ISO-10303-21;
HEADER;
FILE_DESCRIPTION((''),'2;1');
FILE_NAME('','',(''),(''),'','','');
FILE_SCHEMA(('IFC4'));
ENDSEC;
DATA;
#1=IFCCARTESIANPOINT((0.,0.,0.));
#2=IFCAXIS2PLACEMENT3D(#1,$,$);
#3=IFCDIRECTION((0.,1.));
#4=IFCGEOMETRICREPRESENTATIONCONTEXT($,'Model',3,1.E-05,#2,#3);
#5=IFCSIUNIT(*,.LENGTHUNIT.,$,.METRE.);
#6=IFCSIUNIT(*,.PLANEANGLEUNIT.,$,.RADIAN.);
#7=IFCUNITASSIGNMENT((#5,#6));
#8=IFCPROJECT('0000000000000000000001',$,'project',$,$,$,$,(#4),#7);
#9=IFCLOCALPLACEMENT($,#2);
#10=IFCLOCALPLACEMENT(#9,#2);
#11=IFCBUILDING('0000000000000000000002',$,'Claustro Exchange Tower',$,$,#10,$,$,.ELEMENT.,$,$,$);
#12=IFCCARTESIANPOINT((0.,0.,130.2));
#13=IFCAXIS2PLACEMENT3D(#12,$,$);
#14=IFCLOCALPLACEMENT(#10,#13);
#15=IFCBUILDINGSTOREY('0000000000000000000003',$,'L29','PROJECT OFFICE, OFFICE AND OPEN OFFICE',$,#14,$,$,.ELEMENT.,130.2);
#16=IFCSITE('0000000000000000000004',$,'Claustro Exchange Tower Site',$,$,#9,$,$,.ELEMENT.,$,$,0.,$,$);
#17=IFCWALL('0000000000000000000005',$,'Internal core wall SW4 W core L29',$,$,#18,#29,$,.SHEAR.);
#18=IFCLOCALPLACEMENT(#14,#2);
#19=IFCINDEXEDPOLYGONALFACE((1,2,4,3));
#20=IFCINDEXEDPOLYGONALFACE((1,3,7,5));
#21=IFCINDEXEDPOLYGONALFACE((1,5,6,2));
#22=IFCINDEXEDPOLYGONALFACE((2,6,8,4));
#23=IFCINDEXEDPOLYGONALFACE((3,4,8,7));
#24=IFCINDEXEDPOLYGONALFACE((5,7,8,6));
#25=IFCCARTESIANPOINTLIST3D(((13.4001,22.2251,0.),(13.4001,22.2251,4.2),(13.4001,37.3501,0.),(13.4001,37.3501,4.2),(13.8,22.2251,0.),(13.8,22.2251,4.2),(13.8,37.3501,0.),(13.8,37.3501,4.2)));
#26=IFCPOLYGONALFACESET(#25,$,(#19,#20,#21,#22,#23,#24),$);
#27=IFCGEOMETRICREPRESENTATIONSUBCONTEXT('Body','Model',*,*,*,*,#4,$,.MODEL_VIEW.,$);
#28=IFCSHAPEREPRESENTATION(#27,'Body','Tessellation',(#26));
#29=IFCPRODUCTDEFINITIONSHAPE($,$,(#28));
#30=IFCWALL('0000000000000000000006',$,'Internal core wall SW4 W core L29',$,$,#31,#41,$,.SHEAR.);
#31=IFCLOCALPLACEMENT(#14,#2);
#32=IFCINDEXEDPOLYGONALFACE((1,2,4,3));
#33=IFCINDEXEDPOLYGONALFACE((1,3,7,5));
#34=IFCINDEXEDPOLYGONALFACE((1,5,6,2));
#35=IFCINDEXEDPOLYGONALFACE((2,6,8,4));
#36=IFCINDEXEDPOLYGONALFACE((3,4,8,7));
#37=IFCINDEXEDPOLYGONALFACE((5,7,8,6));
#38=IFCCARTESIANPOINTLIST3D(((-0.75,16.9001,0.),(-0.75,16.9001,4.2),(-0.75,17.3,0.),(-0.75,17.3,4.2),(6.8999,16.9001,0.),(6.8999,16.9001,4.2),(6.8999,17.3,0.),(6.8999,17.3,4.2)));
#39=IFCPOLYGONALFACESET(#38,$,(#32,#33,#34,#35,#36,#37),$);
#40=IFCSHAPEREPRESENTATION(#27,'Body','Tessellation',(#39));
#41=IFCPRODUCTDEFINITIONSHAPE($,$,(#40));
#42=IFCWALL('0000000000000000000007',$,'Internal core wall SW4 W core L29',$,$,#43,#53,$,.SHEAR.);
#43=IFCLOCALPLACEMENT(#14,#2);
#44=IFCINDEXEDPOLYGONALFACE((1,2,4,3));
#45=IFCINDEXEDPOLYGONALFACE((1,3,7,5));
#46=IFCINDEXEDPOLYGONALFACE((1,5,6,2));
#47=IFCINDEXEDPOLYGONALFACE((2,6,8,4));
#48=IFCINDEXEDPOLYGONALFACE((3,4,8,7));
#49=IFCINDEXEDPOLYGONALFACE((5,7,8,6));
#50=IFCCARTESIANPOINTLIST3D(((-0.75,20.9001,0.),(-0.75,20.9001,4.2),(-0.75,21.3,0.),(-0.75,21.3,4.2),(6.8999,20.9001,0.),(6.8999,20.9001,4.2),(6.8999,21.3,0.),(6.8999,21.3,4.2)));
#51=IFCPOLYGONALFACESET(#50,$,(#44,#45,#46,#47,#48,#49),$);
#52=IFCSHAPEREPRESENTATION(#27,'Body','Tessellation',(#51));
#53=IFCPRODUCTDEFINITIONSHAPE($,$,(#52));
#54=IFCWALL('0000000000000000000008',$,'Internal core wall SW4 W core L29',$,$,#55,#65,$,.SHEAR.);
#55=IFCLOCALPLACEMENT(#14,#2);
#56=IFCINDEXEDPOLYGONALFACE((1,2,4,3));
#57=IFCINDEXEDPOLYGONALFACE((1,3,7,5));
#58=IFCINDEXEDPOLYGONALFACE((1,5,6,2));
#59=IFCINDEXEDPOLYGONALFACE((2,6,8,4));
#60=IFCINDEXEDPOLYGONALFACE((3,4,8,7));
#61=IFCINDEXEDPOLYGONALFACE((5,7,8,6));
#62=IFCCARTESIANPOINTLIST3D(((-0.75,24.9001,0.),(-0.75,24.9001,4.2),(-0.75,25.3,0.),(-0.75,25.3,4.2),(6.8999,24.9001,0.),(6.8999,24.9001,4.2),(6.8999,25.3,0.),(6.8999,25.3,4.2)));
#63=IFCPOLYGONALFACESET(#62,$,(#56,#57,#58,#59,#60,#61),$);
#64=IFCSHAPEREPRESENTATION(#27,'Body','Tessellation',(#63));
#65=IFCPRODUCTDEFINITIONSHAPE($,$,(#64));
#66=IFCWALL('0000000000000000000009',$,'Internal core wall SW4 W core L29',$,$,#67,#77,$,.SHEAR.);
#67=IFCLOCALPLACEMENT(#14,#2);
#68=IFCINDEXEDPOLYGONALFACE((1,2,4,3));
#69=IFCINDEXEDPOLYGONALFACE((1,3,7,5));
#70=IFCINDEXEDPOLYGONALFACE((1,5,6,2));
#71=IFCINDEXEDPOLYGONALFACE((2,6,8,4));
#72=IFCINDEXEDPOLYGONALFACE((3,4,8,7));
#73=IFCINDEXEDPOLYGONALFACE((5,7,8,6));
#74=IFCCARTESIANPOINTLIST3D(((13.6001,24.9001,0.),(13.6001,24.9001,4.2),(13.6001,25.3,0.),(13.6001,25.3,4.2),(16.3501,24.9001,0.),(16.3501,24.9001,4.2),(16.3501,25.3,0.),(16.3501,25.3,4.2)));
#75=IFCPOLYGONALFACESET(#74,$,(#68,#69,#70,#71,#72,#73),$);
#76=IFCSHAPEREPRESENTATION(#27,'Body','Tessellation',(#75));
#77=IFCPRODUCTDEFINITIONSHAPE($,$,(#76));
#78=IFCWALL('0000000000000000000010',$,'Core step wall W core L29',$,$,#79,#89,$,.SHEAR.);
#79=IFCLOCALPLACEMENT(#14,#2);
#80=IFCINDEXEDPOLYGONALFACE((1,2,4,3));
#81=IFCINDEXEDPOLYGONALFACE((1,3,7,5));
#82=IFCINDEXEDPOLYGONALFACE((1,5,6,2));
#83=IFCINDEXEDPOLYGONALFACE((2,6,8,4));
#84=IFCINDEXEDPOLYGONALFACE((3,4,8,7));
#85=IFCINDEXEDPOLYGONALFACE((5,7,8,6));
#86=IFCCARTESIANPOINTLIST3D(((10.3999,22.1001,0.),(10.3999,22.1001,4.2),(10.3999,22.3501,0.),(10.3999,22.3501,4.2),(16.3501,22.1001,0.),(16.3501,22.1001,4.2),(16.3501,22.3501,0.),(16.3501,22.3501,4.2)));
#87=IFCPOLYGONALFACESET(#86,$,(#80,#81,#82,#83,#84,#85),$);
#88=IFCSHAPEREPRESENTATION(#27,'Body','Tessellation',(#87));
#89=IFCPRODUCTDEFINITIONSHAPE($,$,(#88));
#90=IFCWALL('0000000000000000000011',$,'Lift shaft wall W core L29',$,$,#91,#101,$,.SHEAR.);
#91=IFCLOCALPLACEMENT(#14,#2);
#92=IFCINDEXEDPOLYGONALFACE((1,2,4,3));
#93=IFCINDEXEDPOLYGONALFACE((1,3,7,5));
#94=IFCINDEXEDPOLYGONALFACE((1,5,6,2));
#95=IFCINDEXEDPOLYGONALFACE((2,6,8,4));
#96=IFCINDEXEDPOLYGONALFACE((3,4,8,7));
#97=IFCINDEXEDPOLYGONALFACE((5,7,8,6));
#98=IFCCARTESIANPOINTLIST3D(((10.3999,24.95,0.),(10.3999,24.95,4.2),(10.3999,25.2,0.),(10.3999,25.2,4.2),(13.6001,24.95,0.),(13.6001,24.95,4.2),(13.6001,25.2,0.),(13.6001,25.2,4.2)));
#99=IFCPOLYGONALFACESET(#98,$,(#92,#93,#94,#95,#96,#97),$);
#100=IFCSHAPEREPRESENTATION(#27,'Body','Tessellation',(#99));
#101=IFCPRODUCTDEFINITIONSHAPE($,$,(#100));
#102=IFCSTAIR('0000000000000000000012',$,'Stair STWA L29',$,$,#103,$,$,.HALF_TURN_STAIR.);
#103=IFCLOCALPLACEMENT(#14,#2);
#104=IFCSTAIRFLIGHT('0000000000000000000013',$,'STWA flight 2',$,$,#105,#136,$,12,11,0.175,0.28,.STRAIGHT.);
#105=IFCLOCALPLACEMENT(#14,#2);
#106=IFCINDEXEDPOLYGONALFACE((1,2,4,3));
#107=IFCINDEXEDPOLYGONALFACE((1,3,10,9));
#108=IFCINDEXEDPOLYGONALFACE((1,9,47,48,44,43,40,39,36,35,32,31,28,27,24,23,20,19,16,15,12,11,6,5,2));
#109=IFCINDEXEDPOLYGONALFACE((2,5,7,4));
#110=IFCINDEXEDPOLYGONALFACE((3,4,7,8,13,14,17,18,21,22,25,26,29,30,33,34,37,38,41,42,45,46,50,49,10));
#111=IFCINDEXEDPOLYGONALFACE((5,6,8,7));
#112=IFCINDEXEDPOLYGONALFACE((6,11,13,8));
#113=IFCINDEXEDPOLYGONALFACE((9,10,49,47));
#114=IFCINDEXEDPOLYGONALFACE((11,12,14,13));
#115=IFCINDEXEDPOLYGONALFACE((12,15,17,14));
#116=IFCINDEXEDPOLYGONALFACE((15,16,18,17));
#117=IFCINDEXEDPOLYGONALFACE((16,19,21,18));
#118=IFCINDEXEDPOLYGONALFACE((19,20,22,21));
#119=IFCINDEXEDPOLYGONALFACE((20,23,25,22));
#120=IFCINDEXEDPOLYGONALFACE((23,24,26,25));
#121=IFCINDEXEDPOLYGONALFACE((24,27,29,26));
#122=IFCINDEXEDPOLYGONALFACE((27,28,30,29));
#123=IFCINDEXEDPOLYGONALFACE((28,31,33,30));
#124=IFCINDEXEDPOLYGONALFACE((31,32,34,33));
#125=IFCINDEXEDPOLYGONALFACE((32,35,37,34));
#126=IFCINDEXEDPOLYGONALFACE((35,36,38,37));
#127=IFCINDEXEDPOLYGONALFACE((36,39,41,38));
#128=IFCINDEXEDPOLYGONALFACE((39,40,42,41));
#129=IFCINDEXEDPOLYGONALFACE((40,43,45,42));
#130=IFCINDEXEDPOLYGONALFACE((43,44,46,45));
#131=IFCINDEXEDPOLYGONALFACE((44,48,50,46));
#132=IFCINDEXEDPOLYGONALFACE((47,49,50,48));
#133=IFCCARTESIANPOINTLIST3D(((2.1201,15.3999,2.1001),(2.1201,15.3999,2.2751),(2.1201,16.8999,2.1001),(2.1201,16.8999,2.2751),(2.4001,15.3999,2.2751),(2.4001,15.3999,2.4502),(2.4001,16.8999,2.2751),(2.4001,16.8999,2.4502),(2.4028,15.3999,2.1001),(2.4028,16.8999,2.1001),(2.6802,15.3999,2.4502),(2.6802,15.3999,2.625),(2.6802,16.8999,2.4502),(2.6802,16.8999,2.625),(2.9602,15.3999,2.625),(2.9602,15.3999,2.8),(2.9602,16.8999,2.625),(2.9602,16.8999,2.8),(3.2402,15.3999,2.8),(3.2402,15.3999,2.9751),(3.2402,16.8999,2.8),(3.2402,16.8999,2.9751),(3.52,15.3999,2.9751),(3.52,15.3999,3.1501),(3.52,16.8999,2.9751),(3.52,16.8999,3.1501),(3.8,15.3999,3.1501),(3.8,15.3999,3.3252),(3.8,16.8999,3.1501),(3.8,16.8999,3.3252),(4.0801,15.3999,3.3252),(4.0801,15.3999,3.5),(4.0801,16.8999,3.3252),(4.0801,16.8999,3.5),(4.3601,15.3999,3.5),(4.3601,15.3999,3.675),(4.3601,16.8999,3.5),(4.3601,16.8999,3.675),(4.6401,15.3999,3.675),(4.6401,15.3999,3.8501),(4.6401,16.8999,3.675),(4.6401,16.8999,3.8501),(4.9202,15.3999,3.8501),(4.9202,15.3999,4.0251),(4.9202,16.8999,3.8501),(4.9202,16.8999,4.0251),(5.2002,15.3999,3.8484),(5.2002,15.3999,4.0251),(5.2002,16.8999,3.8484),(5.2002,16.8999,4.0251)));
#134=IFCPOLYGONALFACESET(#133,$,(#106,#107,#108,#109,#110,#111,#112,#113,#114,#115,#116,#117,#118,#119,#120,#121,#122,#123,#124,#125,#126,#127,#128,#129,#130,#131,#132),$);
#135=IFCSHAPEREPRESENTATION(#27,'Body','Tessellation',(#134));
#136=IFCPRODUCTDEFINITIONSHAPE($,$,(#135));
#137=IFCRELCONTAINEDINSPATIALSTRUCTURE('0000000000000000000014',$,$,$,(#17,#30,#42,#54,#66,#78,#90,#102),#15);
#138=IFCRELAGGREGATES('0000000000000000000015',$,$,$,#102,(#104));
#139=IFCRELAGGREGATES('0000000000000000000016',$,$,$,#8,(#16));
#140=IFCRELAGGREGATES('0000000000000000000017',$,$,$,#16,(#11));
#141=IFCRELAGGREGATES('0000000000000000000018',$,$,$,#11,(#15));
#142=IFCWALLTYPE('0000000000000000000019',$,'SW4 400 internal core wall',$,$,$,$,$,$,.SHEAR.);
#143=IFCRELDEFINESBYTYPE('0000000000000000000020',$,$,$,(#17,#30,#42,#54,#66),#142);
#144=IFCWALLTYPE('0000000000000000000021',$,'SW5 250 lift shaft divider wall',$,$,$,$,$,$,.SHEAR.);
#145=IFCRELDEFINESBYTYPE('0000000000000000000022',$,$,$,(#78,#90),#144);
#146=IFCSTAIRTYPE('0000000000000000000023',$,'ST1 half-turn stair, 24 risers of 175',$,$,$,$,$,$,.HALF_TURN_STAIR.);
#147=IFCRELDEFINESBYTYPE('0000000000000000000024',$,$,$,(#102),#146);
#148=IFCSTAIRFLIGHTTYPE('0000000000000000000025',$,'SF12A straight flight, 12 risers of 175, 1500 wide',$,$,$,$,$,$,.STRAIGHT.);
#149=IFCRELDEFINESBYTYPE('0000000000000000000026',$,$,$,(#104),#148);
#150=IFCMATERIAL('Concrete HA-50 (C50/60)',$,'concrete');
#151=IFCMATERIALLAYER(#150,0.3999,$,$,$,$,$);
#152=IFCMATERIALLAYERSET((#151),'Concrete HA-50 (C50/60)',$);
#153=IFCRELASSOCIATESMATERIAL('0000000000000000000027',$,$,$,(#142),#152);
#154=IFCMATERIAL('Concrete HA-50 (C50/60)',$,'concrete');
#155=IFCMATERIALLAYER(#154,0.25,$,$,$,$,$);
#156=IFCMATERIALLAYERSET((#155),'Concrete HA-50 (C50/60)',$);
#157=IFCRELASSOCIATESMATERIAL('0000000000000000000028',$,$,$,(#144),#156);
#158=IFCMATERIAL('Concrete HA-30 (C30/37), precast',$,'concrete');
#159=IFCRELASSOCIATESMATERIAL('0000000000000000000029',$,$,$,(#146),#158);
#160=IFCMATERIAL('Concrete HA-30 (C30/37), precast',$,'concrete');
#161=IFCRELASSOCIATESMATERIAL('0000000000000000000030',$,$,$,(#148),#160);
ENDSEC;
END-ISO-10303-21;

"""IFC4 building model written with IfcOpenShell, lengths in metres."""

from ifc_helpers import new_model, si_unit, direction, frame, frame_2d, origin, place, context, subcontext, project, spatial, polyline, rectangle, outline, extrude, material, layer, layer_set, type_object, element, aggregate, save


model = new_model("IFC4")

# Units and contexts
model_context = context("Model", 3, precision=1e-05, world=origin(), true_north=direction((0.0, 1.0)))
body_context = subcontext(model_context, "Body", "Model", "MODEL_VIEW")
ifc_project = project(units=[si_unit("LENGTHUNIT", "METRE"), si_unit("PLANEANGLEUNIT", "RADIAN")], contexts=[model_context])

# Site, building, storey
site_placement = place(None, origin())
site = spatial("IfcSite", under=ifc_project, at=site_placement, Name="Claustro Exchange Tower Site", CompositionType="ELEMENT", RefElevation=0.0)
building_placement = place(site_placement, origin())
building = spatial("IfcBuilding", under=site, at=building_placement, Name="Claustro Exchange Tower", CompositionType="ELEMENT")
storey_placement = place(building_placement, frame((0.0, 0.0, 130.2)))
storey = spatial("IfcBuildingStorey", under=building, at=storey_placement, Name="L29", Description="PROJECT OFFICE, OFFICE AND OPEN OFFICE", CompositionType="ELEMENT", Elevation=130.2)

# Walls
ifc_material_1 = material(Name="Concrete HA-50 (C50/60)", Category="concrete")
ifc_layer_1 = layer(ifc_material_1, 0.3999)
ifc_layer_set_1 = layer_set([ifc_layer_1], Name="Concrete HA-50 (C50/60)")
wall_type_1 = type_object("IfcWallType", Name="SW4 400 internal core wall", PredefinedType="SHEAR", material=ifc_layer_set_1)
wall_1_placement = place(storey_placement, frame((13.6001, 22.2251, 0.0), z_axis=(0.0, 0.0, 1.0), x_axis=(0.0, 1.0, 0.0)))
element("IfcWall", 1, at=wall_1_placement, inside=storey, type_object=wall_type_1, Name="Internal core wall SW4 W core L29", PredefinedType="SHEAR", context=body_context, shape_type="SweptSolid", body=[
    extrude(rectangle(XDim=15.125, YDim=0.3999, at=frame_2d((7.5625, 0.0))), origin(), (0.0, 0.0, 1.0), 4.2),
])
for number, where, z_axis, x_axis, name in (
    (2, (-0.75, 17.1001, 0.0), (0.0, 0.0, 1.0), (1.0, 0.0, 0.0), "Internal core wall SW4 W core L29"),
    (3, (-0.75, 21.1001, 0.0), (0.0, 0.0, 1.0), (1.0, 0.0, 0.0), "Internal core wall SW4 W core L29"),
    (4, (-0.75, 25.1001, 0.0), (0.0, 0.0, 1.0), (1.0, 0.0, 0.0), "Internal core wall SW4 W core L29"),
):
    element("IfcWall", number, at=place(storey_placement, frame(where, z_axis=z_axis, x_axis=x_axis)), inside=storey, type_object=wall_type_1, Name=name, PredefinedType="SHEAR", context=body_context, shape_type="SweptSolid", body=[
        extrude(rectangle(XDim=7.6499, YDim=0.3999, at=frame_2d((3.825, 0.0))), origin(), (0.0, 0.0, 1.0), 4.2),
    ])
wall_2_placement = place(storey_placement, frame((13.6001, 25.1001, 0.0), z_axis=(0.0, 0.0, 1.0), x_axis=(1.0, 0.0, 0.0)))
element("IfcWall", 5, at=wall_2_placement, inside=storey, type_object=wall_type_1, Name="Internal core wall SW4 W core L29", PredefinedType="SHEAR", context=body_context, shape_type="SweptSolid", body=[
    extrude(rectangle(XDim=2.75, YDim=0.3999, at=frame_2d((1.375, 0.0))), origin(), (0.0, 0.0, 1.0), 4.2),
])
ifc_material_2 = material(Name="Concrete HA-50 (C50/60)", Category="concrete")
ifc_layer_2 = layer(ifc_material_2, 0.25)
ifc_layer_set_2 = layer_set([ifc_layer_2], Name="Concrete HA-50 (C50/60)")
wall_type_2 = type_object("IfcWallType", Name="SW5 250 lift shaft divider wall", PredefinedType="SHEAR", material=ifc_layer_set_2)
wall_3_placement = place(storey_placement, frame((10.3999, 22.2251, 0.0), z_axis=(0.0, 0.0, 1.0), x_axis=(1.0, 0.0, 0.0)))
element("IfcWall", 6, at=wall_3_placement, inside=storey, type_object=wall_type_2, Name="Core step wall W core L29", PredefinedType="SHEAR", context=body_context, shape_type="SweptSolid", body=[
    extrude(rectangle(XDim=5.9502, YDim=0.25, at=frame_2d((2.9751, 0.0))), origin(), (0.0, 0.0, 1.0), 4.2),
])
wall_4_placement = place(storey_placement, frame((10.3999, 25.075, 0.0), z_axis=(0.0, 0.0, 1.0), x_axis=(1.0, 0.0, 0.0)))
element("IfcWall", 7, at=wall_4_placement, inside=storey, type_object=wall_type_2, Name="Lift shaft wall W core L29", PredefinedType="SHEAR", context=body_context, shape_type="SweptSolid", body=[
    extrude(rectangle(XDim=3.2002, YDim=0.25, at=frame_2d((1.6001, 0.0))), origin(), (0.0, 0.0, 1.0), 4.2),
])

# Stair, stair flight
ifc_material_3 = material(Name="Concrete HA-30 (C30/37), precast", Category="concrete")
stair_type = type_object("IfcStairType", Name="ST1 half-turn stair, 24 risers of 175", PredefinedType="HALF_TURN_STAIR", material=ifc_material_3)
stair_placement = place(storey_placement, origin())
stair = element("IfcStair", 8, at=stair_placement, inside=storey, type_object=stair_type, Name="Stair STWA L29", PredefinedType="HALF_TURN_STAIR")
ifc_material_4 = material(Name="Concrete HA-30 (C30/37), precast", Category="concrete")
stair_flight_type = type_object("IfcStairFlightType", Name="SF12A straight flight, 12 risers of 175, 1500 wide", PredefinedType="STRAIGHT", material=ifc_material_4)
stair_flight_placement = place(storey_placement, frame((2.1201, 16.1499, 2.1001), z_axis=(0.0, 0.0, 1.0), x_axis=(1.0, 0.0, 0.0)))
stair_flight = element("IfcStairFlight", 9, at=stair_flight_placement, type_object=stair_flight_type, Name="STWA flight 2", NumberOfRisers=12, NumberOfTreads=11, PredefinedType="STRAIGHT", RiserHeight=0.175, TreadLength=0.28, context=body_context, shape_type="SweptSolid", body=[
    extrude(outline(polyline([(0.0, 0.0), (0.0, 0.175), (0.28, 0.175), (0.28, 0.3501), (0.5601, 0.3501), (0.5601, 0.5249), (0.8401, 0.5249), (0.8401, 0.7), (1.1201, 0.7), (1.1201, 0.875), (1.3999, 0.875), (1.3999, 1.05), (1.6799, 1.05), (1.6799, 1.2251), (1.96, 1.2251), (1.96, 1.3999), (2.24, 1.3999), (2.24, 1.575), (2.52, 1.575), (2.52, 1.75), (2.8, 1.75), (2.8, 1.925), (3.0801, 1.925), (3.0801, 2.1001), (3.0801, 1.7483), (0.2827, 0.0), (0.0, 0.0)])), frame((0.0, 0.75, 0.0), z_axis=(0.0, -1.0, 0.0), x_axis=(1.0, 0.0, 0.0)), (0.0, 0.0, 1.0), 1.5),
])
aggregate(stair, [stair_flight])

save(model, "model.ifc")
